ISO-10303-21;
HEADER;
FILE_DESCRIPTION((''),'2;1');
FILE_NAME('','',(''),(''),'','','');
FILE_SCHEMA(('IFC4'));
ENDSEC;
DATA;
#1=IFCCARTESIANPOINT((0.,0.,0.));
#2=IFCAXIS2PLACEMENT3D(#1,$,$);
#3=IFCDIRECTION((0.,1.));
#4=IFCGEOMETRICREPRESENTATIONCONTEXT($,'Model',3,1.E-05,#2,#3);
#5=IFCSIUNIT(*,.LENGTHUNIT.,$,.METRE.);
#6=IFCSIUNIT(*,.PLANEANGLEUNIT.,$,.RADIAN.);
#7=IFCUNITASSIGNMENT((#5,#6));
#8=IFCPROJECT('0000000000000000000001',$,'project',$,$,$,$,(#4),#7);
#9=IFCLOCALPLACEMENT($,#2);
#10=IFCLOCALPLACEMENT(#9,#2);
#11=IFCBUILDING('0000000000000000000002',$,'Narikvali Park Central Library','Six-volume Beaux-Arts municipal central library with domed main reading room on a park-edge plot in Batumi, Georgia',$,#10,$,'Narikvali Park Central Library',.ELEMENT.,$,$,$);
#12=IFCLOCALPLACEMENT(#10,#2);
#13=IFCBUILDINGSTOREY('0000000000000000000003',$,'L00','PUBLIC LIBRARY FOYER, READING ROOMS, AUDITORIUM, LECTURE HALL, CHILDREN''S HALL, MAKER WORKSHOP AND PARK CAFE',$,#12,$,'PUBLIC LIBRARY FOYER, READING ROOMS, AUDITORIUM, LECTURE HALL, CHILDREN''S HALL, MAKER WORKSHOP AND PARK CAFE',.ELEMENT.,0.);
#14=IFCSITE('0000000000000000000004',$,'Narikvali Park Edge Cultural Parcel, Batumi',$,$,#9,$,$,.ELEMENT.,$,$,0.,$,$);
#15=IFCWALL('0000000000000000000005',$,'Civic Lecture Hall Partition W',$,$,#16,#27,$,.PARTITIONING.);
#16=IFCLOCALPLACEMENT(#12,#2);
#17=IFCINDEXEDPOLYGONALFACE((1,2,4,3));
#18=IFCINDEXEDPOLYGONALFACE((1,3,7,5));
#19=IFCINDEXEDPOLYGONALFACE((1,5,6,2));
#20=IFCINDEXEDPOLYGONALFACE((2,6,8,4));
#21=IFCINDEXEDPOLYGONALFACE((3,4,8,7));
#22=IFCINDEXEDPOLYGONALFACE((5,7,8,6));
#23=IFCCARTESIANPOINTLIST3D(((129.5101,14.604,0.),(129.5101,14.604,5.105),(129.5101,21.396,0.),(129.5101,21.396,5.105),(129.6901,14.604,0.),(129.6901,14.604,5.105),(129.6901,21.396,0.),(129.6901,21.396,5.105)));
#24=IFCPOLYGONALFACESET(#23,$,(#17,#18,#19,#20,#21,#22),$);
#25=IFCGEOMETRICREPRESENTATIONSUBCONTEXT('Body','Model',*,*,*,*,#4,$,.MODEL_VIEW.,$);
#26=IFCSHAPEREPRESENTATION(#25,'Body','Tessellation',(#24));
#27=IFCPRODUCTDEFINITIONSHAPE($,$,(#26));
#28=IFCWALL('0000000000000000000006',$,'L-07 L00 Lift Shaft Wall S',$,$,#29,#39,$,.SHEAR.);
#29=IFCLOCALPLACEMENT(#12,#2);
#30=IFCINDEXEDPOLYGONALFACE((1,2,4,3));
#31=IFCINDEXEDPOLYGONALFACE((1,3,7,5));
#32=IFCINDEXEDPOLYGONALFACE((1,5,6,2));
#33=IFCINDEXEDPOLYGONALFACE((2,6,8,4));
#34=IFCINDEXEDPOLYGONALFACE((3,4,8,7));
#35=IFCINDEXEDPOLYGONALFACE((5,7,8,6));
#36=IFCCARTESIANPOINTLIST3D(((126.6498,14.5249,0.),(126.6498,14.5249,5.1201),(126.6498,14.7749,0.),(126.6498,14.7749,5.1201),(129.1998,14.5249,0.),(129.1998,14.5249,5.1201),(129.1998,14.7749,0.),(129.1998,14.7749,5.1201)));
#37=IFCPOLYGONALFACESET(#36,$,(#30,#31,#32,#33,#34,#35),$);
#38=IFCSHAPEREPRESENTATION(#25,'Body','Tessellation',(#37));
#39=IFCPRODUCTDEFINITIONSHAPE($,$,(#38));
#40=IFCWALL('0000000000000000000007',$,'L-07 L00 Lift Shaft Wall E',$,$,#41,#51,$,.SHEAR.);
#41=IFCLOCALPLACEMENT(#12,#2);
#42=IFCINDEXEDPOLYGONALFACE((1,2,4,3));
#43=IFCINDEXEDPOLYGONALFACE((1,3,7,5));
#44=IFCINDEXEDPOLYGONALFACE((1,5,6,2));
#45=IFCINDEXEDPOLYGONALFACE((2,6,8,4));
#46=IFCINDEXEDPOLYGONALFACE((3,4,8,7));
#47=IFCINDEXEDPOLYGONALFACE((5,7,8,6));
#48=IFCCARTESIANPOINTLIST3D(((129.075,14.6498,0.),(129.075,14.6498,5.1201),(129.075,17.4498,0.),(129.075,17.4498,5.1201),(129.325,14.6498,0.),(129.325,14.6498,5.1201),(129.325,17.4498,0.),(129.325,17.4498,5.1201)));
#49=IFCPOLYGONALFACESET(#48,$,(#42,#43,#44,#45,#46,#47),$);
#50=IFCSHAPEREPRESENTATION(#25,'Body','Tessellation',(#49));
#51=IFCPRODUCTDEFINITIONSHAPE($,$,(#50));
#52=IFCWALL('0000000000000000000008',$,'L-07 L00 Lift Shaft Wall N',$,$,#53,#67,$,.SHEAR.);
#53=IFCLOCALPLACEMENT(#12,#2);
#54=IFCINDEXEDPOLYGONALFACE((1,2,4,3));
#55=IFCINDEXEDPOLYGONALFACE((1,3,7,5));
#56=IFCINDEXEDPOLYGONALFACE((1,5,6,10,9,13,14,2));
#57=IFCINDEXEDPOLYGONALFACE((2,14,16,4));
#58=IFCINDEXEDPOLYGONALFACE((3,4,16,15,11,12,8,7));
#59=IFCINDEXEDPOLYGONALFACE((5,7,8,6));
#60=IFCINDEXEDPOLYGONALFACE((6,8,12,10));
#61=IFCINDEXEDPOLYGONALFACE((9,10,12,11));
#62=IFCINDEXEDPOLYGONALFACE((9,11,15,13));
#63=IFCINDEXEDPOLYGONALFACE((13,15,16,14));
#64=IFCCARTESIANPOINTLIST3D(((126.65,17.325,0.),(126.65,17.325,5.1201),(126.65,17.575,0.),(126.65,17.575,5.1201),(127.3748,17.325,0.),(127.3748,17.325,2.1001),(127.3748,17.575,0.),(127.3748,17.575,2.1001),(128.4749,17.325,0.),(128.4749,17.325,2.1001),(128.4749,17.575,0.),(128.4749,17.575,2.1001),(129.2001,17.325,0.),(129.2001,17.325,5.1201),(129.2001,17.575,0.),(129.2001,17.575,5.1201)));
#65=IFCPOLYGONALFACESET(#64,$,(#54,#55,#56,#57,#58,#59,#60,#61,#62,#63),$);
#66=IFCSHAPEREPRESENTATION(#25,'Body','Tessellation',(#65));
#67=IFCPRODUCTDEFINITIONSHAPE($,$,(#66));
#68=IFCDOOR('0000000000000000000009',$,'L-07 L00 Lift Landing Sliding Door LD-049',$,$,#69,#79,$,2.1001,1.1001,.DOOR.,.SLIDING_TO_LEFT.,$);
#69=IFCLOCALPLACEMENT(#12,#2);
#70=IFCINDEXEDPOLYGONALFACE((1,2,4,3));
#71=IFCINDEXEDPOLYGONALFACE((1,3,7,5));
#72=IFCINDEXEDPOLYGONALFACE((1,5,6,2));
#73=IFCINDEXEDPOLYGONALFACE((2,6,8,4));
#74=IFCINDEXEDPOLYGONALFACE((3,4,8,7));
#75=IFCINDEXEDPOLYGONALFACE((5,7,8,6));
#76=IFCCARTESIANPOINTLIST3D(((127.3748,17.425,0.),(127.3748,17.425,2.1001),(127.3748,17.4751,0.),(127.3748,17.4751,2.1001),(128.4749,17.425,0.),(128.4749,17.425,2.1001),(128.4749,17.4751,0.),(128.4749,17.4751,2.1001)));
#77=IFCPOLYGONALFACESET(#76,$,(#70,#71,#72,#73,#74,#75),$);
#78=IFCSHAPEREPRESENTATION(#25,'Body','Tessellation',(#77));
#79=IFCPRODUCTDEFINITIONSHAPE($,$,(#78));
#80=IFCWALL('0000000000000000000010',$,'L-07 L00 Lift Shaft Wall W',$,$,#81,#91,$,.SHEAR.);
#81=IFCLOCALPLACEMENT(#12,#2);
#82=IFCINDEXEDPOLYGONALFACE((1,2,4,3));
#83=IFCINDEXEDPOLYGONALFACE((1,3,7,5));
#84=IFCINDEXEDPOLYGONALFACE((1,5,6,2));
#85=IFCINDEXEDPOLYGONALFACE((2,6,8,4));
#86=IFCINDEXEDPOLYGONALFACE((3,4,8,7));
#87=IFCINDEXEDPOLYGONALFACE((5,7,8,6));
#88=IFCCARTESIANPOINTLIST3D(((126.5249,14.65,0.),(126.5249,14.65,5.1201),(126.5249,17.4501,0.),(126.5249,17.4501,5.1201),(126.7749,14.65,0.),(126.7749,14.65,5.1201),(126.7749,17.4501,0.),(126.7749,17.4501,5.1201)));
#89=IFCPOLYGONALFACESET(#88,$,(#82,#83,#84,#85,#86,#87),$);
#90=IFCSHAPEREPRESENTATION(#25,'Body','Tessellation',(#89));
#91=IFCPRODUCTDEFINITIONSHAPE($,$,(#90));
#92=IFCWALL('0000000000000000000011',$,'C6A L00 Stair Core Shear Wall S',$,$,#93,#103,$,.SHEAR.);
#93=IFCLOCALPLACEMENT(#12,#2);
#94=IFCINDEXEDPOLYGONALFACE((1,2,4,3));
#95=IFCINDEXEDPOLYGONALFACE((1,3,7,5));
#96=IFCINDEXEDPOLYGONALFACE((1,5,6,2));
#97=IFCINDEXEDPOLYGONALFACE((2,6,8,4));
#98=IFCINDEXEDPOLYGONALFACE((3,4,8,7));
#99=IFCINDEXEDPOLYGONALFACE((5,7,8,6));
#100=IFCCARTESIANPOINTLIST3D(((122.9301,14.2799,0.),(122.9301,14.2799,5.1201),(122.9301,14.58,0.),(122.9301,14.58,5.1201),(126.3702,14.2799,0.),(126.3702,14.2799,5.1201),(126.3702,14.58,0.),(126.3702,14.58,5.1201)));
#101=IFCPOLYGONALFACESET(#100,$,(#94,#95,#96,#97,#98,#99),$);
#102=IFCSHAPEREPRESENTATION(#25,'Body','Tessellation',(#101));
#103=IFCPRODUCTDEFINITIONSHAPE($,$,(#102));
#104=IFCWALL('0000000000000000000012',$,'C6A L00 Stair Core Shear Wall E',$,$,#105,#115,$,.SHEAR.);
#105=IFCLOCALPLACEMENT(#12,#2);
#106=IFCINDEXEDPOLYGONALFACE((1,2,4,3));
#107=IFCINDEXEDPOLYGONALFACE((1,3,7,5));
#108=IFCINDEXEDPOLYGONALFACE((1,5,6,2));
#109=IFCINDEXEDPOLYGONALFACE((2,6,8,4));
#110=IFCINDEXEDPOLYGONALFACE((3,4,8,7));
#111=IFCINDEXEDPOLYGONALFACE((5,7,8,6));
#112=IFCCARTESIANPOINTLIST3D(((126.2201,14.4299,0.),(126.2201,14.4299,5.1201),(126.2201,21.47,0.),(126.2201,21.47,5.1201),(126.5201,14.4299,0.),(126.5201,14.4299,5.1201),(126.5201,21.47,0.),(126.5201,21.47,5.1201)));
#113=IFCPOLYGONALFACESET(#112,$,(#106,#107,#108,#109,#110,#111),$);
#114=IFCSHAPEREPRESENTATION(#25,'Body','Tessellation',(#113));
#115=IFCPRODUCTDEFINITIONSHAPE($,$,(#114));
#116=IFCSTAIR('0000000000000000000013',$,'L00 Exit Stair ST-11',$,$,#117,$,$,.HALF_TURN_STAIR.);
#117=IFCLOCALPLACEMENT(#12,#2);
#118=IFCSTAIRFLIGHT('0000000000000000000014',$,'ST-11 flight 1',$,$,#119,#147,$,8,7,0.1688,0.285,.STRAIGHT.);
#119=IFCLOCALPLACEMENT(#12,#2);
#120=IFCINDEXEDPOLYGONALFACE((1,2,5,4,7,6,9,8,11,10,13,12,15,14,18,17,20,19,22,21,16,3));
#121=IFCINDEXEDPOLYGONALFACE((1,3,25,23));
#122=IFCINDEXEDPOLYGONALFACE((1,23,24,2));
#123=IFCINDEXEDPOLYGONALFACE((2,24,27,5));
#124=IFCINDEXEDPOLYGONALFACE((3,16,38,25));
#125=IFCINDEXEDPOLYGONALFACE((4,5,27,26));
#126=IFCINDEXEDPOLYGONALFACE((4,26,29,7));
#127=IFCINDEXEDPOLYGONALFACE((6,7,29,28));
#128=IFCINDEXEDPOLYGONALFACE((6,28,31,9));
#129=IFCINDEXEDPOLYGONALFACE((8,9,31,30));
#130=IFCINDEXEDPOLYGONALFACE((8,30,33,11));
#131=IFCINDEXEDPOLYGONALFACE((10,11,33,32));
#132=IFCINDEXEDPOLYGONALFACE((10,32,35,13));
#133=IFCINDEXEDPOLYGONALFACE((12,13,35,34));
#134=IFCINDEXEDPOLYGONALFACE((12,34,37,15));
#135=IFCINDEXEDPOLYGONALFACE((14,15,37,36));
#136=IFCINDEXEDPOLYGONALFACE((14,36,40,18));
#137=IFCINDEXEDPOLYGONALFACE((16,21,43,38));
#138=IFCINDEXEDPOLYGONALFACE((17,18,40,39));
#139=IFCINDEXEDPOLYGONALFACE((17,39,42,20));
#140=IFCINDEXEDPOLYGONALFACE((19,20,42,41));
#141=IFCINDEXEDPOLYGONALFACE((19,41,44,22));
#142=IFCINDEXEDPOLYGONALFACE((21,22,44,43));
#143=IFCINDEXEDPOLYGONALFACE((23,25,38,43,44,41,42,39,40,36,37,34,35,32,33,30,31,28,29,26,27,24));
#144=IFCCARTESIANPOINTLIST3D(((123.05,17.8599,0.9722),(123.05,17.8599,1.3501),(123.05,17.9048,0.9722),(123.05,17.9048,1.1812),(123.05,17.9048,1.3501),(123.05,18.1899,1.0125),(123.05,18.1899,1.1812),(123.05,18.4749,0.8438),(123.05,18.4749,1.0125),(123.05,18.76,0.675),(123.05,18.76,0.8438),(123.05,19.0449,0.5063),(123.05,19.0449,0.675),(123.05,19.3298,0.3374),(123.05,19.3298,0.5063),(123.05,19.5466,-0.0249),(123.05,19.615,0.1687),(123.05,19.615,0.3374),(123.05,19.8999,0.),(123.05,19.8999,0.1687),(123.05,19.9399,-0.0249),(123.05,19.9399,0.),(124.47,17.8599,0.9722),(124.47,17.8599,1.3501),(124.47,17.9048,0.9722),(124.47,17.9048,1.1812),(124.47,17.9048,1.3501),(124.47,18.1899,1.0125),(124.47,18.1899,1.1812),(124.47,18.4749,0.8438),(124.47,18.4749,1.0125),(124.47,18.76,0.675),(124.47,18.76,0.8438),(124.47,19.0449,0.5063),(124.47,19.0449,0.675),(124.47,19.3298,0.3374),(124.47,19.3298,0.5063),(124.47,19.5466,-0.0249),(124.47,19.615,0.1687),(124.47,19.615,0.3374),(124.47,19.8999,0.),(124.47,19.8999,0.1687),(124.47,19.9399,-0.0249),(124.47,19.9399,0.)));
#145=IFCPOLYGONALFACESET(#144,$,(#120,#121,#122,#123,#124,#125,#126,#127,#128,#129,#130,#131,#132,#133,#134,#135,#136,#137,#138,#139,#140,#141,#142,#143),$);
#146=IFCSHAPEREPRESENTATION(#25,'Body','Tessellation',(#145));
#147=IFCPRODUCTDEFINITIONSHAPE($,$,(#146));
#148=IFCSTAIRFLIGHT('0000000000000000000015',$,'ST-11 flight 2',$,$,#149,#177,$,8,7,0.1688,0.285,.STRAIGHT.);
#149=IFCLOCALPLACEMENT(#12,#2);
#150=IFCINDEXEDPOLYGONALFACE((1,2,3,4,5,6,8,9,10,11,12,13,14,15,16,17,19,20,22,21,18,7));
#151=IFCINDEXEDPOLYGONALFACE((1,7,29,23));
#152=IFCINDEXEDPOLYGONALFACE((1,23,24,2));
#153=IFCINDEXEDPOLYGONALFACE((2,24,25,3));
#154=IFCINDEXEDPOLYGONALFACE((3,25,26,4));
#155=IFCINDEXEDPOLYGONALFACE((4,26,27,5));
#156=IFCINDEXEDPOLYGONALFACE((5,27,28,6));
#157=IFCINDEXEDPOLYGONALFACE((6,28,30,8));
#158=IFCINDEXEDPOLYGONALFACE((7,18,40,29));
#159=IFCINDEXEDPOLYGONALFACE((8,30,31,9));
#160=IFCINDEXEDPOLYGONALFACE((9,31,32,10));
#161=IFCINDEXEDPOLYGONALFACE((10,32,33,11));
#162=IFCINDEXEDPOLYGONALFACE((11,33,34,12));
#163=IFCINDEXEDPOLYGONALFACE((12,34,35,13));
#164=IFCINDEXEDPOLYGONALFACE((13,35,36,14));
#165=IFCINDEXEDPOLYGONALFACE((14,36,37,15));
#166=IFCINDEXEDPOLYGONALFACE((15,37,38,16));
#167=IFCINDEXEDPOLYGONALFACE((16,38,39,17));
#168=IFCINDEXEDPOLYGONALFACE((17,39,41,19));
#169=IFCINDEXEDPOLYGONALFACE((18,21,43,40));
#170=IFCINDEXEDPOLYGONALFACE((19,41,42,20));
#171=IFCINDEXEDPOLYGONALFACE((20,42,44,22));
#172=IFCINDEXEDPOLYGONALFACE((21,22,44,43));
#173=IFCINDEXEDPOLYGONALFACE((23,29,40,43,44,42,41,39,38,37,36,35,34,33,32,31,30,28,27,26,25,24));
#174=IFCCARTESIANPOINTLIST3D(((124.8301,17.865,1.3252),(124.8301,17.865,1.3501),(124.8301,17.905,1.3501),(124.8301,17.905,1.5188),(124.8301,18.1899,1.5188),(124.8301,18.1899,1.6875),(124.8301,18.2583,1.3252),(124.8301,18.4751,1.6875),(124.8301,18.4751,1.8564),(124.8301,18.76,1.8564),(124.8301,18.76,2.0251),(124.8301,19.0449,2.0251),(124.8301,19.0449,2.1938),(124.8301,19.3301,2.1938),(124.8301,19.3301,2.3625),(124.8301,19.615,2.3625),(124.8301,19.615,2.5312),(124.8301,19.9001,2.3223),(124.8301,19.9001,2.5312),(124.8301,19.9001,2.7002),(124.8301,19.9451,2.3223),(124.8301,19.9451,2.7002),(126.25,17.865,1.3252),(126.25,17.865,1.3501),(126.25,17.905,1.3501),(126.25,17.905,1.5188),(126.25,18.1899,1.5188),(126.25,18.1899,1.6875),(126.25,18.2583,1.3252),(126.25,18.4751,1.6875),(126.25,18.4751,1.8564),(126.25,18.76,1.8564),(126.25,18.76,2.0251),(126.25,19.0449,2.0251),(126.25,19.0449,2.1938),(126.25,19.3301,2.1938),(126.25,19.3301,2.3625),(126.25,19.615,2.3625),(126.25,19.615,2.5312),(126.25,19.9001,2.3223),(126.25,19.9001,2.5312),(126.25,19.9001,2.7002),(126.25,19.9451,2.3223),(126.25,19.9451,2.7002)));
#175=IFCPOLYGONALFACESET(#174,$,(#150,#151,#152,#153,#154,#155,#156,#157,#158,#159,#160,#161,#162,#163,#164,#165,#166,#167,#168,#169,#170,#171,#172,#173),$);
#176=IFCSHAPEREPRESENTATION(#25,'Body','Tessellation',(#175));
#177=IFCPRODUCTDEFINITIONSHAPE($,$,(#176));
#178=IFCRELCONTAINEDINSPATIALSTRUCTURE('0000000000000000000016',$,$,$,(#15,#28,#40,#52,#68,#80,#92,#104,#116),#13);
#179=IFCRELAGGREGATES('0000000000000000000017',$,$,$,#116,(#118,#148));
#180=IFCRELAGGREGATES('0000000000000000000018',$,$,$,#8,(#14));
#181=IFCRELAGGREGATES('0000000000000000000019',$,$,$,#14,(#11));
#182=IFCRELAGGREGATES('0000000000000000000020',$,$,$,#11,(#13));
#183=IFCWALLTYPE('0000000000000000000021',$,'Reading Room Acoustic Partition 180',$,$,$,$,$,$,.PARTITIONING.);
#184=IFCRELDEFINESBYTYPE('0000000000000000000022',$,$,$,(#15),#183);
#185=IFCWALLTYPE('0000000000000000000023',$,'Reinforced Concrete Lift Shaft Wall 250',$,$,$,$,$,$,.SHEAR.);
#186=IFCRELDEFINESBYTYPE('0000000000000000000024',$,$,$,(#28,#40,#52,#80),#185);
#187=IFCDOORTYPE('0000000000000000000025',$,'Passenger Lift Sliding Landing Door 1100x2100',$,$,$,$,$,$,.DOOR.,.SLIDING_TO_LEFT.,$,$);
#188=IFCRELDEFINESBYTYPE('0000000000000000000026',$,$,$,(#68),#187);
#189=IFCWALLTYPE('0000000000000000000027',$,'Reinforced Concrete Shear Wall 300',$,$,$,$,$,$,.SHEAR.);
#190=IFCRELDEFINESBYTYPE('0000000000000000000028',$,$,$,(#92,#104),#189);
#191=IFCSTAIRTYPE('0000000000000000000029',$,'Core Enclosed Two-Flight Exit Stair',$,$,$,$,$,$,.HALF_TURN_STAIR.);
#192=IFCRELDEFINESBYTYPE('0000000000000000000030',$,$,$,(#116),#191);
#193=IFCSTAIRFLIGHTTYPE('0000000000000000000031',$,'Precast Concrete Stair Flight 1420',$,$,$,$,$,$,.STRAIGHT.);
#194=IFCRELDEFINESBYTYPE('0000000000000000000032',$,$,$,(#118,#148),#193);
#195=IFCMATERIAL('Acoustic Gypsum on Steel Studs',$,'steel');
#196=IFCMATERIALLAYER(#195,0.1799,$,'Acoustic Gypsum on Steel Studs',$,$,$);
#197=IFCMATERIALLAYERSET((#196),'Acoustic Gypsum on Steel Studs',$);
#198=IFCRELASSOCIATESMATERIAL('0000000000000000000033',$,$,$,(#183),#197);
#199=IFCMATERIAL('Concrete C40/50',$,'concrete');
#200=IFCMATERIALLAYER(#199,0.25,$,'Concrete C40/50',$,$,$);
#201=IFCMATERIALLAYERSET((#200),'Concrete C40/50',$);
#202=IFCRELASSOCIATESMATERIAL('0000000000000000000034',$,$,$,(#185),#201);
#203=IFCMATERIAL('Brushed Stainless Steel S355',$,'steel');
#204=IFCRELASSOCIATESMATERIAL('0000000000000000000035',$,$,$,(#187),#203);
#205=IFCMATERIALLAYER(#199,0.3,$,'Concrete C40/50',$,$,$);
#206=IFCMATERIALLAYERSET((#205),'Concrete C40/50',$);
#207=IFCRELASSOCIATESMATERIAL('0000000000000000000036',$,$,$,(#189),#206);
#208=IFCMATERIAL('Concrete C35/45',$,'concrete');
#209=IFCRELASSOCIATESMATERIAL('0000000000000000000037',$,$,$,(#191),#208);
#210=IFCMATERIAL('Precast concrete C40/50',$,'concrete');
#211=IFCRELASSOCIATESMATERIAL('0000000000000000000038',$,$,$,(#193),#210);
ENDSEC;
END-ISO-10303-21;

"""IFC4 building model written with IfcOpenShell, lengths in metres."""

from ifc_helpers import new_model, si_unit, direction, frame, frame_2d, origin, place, context, subcontext, project, spatial, polyline, rectangle, outline, extrude, material, layer, layer_set, type_object, element, fill, aggregate, save


model = new_model("IFC4")

# Units and contexts
model_context = context("Model", 3, precision=1e-05, world=origin(), true_north=direction((0.0, 1.0)))
body_context = subcontext(model_context, "Body", "Model", "MODEL_VIEW")
ifc_project = project(units=[si_unit("LENGTHUNIT", "METRE"), si_unit("PLANEANGLEUNIT", "RADIAN")], contexts=[model_context])

# Site, building, storey
site_placement = place(None, origin())
site = spatial("IfcSite", under=ifc_project, at=site_placement, Name="Narikvali Park Edge Cultural Parcel, Batumi", CompositionType="ELEMENT", RefElevation=0.0)
building_placement = place(site_placement, origin())
building = spatial("IfcBuilding", under=site, at=building_placement, Name="Narikvali Park Central Library", Description="Six-volume Beaux-Arts municipal central library with domed main reading room on a park-edge plot in Batumi, Georgia", LongName="Narikvali Park Central Library", CompositionType="ELEMENT")
storey_placement = place(building_placement, origin())
storey = spatial("IfcBuildingStorey", under=building, at=storey_placement, Name="L00", Description="PUBLIC LIBRARY FOYER, READING ROOMS, AUDITORIUM, LECTURE HALL, CHILDREN'S HALL, MAKER WORKSHOP AND PARK CAFE", LongName="PUBLIC LIBRARY FOYER, READING ROOMS, AUDITORIUM, LECTURE HALL, CHILDREN'S HALL, MAKER WORKSHOP AND PARK CAFE", CompositionType="ELEMENT", Elevation=0.0)

# Walls
ifc_material_1 = material(Name="Acoustic Gypsum on Steel Studs", Category="steel")
ifc_layer_1 = layer(ifc_material_1, 0.1799, Name="Acoustic Gypsum on Steel Studs")
ifc_layer_set_1 = layer_set([ifc_layer_1], Name="Acoustic Gypsum on Steel Studs")
wall_type_1 = type_object("IfcWallType", Name="Reading Room Acoustic Partition 180", PredefinedType="PARTITIONING", material=ifc_layer_set_1)
wall_1_placement = place(storey_placement, frame((129.6001, 14.604, 0.0), z_axis=(0.0, 0.0, 1.0), x_axis=(0.0, 1.0, 0.0)))
element("IfcWall", 1, at=wall_1_placement, inside=storey, type_object=wall_type_1, Name="Civic Lecture Hall Partition W", PredefinedType="PARTITIONING", context=body_context, shape_type="SweptSolid", body=[
    extrude(rectangle(XDim=6.792, YDim=0.1799, at=frame_2d((3.396, 0.0))), origin(), (0.0, 0.0, 1.0), 5.105),
])
ifc_material_2 = material(Name="Concrete C40/50", Category="concrete")
ifc_layer_2 = layer(ifc_material_2, 0.25, Name="Concrete C40/50")
ifc_layer_set_2 = layer_set([ifc_layer_2], Name="Concrete C40/50")
wall_type_2 = type_object("IfcWallType", Name="Reinforced Concrete Lift Shaft Wall 250", PredefinedType="SHEAR", material=ifc_layer_set_2)
wall_2_placement = place(storey_placement, frame((126.6499, 14.6499, 0.0), z_axis=(0.0, 0.0, 1.0), x_axis=(1.0, 0.0, 0.0)))
element("IfcWall", 2, at=wall_2_placement, inside=storey, type_object=wall_type_2, Name="L-07 L00 Lift Shaft Wall S", PredefinedType="SHEAR", context=body_context, shape_type="SweptSolid", body=[
    extrude(rectangle(XDim=2.55, YDim=0.25, at=frame_2d((1.2749, 0.0))), origin(), (0.0, 0.0, 1.0), 5.1201),
])
wall_3_placement = place(storey_placement, frame((129.2, 14.6499, 0.0), z_axis=(0.0, 0.0, 1.0), x_axis=(0.0, 1.0, 0.0)))
element("IfcWall", 3, at=wall_3_placement, inside=storey, type_object=wall_type_2, Name="L-07 L00 Lift Shaft Wall E", PredefinedType="SHEAR", context=body_context, shape_type="SweptSolid", body=[
    extrude(rectangle(XDim=2.8, YDim=0.25, at=frame_2d((1.3999, 0.0))), origin(), (0.0, 0.0, 1.0), 5.1201),
])

# Wall, opening, door
wall_4_placement = place(storey_placement, frame((129.2, 17.45, 0.0), z_axis=(0.0, 0.0, 1.0), x_axis=(-1.0, 0.0, 0.0)))
wall_4 = element("IfcWall", 4, at=wall_4_placement, inside=storey, type_object=wall_type_2, Name="L-07 L00 Lift Shaft Wall N", PredefinedType="SHEAR", context=body_context, shape_type="SweptSolid", body=[
    extrude(rectangle(XDim=2.55, YDim=0.25, at=frame_2d((1.2749, 0.0))), origin(), (0.0, 0.0, 1.0), 5.1201),
])
opening_placement = place(wall_4_placement, frame((0.7251, 0.0, 0.0)))
opening = element("IfcOpeningElement", 5, at=opening_placement, cuts=wall_4, PredefinedType="OPENING", context=body_context, shape_type="SweptSolid", body=[
    extrude(rectangle(XDim=1.1001, YDim=2.1001, at=frame_2d((0.55, 1.05))), frame((0.0, 0.137, 0.0), z_axis=(0.0, -1.0, 0.0), x_axis=(1.0, 0.0, 0.0)), (0.0, 0.0, 1.0), 0.2739),
])
ifc_material_3 = material(Name="Brushed Stainless Steel S355", Category="steel")
door_type = type_object("IfcDoorType", Name="Passenger Lift Sliding Landing Door 1100x2100", OperationType="SLIDING_TO_LEFT", PredefinedType="DOOR", material=ifc_material_3)
door_placement = place(opening_placement, origin())
door = element("IfcDoor", 6, at=door_placement, inside=storey, type_object=door_type, Name="L-07 L00 Lift Landing Sliding Door LD-049", OperationType="SLIDING_TO_LEFT", OverallHeight=2.1001, OverallWidth=1.1001, PredefinedType="DOOR", context=body_context, shape_type="SweptSolid", body=[
    extrude(rectangle(XDim=1.1001, YDim=2.1001, at=frame_2d((0.55, 1.05))), frame((0.0, 0.0249, 0.0), z_axis=(0.0, -1.0, 0.0), x_axis=(1.0, 0.0, 0.0)), (0.0, 0.0, 1.0), 0.05),
])
fill(opening, door)

# Walls
wall_5_placement = place(storey_placement, frame((126.6499, 17.45, 0.0), z_axis=(0.0, 0.0, 1.0), x_axis=(0.0, -1.0, 0.0)))
element("IfcWall", 7, at=wall_5_placement, inside=storey, type_object=wall_type_2, Name="L-07 L00 Lift Shaft Wall W", PredefinedType="SHEAR", context=body_context, shape_type="SweptSolid", body=[
    extrude(rectangle(XDim=2.8, YDim=0.25, at=frame_2d((1.3999, 0.0))), origin(), (0.0, 0.0, 1.0), 5.1201),
])
ifc_layer_3 = layer(ifc_material_2, 0.3, Name="Concrete C40/50")
ifc_layer_set_3 = layer_set([ifc_layer_3], Name="Concrete C40/50")
wall_type_3 = type_object("IfcWallType", Name="Reinforced Concrete Shear Wall 300", PredefinedType="SHEAR", material=ifc_layer_set_3)
wall_6_placement = place(storey_placement, frame((122.9299, 14.4299, 0.0), z_axis=(0.0, 0.0, 1.0), x_axis=(1.0, 0.0, 0.0)))
element("IfcWall", 8, at=wall_6_placement, inside=storey, type_object=wall_type_3, Name="C6A L00 Stair Core Shear Wall S", PredefinedType="SHEAR", context=body_context, shape_type="SweptSolid", body=[
    extrude(rectangle(XDim=3.4402, YDim=0.3, at=frame_2d((1.7202, 0.0))), origin(), (0.0, 0.0, 1.0), 5.1201),
])
wall_7_placement = place(storey_placement, frame((126.3701, 14.4299, 0.0), z_axis=(0.0, 0.0, 1.0), x_axis=(0.0, 1.0, 0.0)))
element("IfcWall", 9, at=wall_7_placement, inside=storey, type_object=wall_type_3, Name="C6A L00 Stair Core Shear Wall E", PredefinedType="SHEAR", context=body_context, shape_type="SweptSolid", body=[
    extrude(rectangle(XDim=7.04, YDim=0.3, at=frame_2d((3.52, 0.0))), origin(), (0.0, 0.0, 1.0), 5.1201),
])

# Stair, stair flights
ifc_material_4 = material(Name="Concrete C35/45", Category="concrete")
stair_type = type_object("IfcStairType", Name="Core Enclosed Two-Flight Exit Stair", PredefinedType="HALF_TURN_STAIR", material=ifc_material_4)
stair_placement = place(storey_placement, origin())
stair = element("IfcStair", 10, at=stair_placement, inside=storey, type_object=stair_type, Name="L00 Exit Stair ST-11", PredefinedType="HALF_TURN_STAIR")
ifc_material_5 = material(Name="Precast concrete C40/50", Category="concrete")
stair_flight_type = type_object("IfcStairFlightType", Name="Precast Concrete Stair Flight 1420", PredefinedType="STRAIGHT", material=ifc_material_5)
stair_flight_1_placement = place(storey_placement, frame((123.76, 19.8999, 0.0), z_axis=(0.0, 0.0, 1.0), x_axis=(0.0, -1.0, 0.0)))
stair_flight_1 = element("IfcStairFlight", 11, at=stair_flight_1_placement, type_object=stair_flight_type, Name="ST-11 flight 1", NumberOfRisers=8, NumberOfTreads=7, PredefinedType="STRAIGHT", RiserHeight=0.1688, TreadLength=0.285, context=body_context, shape_type="SweptSolid", body=[
    extrude(outline(polyline([(-0.04, -0.0249), (-0.04, 0.0), (0.0, 0.0), (0.0, 0.1687), (0.2849, 0.1687), (0.2849, 0.3374), (0.5701, 0.3374), (0.5701, 0.5063), (0.855, 0.5063), (0.855, 0.675), (1.1399, 0.675), (1.1399, 0.8438), (1.425, 0.8438), (1.425, 1.0125), (1.71, 1.0125), (1.71, 1.1812), (1.9951, 1.1812), (1.9951, 1.3501), (2.04, 1.3501), (2.04, 0.9722), (1.9951, 0.9722), (0.3533, -0.0249), (-0.04, -0.0249)])), frame((0.0, 0.71, 0.0), z_axis=(0.0, -1.0, 0.0), x_axis=(1.0, 0.0, 0.0)), (0.0, 0.0, 1.0), 1.4199),
])
stair_flight_2_placement = place(storey_placement, frame((125.54, 17.905, 1.3501), z_axis=(0.0, 0.0, 1.0), x_axis=(0.0, 1.0, 0.0)))
stair_flight_2 = element("IfcStairFlight", 12, at=stair_flight_2_placement, type_object=stair_flight_type, Name="ST-11 flight 2", NumberOfRisers=8, NumberOfTreads=7, PredefinedType="STRAIGHT", RiserHeight=0.1688, TreadLength=0.285, context=body_context, shape_type="SweptSolid", body=[
    extrude(outline(polyline([(-0.04, -0.0249), (-0.04, 0.0), (0.0, 0.0), (0.0, 0.1687), (0.2849, 0.1687), (0.2849, 0.3374), (0.5701, 0.3374), (0.5701, 0.5063), (0.855, 0.5063), (0.855, 0.675), (1.1399, 0.675), (1.1399, 0.8438), (1.425, 0.8438), (1.425, 1.0125), (1.71, 1.0125), (1.71, 1.1812), (1.9951, 1.1812), (1.9951, 1.3501), (2.04, 1.3501), (2.04, 0.9722), (1.9951, 0.9722), (0.3533, -0.0249), (-0.04, -0.0249)])), frame((0.0, 0.71, 0.0), z_axis=(0.0, -1.0, 0.0), x_axis=(1.0, 0.0, 0.0)), (0.0, 0.0, 1.0), 1.4199),
])
aggregate(stair, [stair_flight_1, stair_flight_2])

save(model, "model.ifc")
